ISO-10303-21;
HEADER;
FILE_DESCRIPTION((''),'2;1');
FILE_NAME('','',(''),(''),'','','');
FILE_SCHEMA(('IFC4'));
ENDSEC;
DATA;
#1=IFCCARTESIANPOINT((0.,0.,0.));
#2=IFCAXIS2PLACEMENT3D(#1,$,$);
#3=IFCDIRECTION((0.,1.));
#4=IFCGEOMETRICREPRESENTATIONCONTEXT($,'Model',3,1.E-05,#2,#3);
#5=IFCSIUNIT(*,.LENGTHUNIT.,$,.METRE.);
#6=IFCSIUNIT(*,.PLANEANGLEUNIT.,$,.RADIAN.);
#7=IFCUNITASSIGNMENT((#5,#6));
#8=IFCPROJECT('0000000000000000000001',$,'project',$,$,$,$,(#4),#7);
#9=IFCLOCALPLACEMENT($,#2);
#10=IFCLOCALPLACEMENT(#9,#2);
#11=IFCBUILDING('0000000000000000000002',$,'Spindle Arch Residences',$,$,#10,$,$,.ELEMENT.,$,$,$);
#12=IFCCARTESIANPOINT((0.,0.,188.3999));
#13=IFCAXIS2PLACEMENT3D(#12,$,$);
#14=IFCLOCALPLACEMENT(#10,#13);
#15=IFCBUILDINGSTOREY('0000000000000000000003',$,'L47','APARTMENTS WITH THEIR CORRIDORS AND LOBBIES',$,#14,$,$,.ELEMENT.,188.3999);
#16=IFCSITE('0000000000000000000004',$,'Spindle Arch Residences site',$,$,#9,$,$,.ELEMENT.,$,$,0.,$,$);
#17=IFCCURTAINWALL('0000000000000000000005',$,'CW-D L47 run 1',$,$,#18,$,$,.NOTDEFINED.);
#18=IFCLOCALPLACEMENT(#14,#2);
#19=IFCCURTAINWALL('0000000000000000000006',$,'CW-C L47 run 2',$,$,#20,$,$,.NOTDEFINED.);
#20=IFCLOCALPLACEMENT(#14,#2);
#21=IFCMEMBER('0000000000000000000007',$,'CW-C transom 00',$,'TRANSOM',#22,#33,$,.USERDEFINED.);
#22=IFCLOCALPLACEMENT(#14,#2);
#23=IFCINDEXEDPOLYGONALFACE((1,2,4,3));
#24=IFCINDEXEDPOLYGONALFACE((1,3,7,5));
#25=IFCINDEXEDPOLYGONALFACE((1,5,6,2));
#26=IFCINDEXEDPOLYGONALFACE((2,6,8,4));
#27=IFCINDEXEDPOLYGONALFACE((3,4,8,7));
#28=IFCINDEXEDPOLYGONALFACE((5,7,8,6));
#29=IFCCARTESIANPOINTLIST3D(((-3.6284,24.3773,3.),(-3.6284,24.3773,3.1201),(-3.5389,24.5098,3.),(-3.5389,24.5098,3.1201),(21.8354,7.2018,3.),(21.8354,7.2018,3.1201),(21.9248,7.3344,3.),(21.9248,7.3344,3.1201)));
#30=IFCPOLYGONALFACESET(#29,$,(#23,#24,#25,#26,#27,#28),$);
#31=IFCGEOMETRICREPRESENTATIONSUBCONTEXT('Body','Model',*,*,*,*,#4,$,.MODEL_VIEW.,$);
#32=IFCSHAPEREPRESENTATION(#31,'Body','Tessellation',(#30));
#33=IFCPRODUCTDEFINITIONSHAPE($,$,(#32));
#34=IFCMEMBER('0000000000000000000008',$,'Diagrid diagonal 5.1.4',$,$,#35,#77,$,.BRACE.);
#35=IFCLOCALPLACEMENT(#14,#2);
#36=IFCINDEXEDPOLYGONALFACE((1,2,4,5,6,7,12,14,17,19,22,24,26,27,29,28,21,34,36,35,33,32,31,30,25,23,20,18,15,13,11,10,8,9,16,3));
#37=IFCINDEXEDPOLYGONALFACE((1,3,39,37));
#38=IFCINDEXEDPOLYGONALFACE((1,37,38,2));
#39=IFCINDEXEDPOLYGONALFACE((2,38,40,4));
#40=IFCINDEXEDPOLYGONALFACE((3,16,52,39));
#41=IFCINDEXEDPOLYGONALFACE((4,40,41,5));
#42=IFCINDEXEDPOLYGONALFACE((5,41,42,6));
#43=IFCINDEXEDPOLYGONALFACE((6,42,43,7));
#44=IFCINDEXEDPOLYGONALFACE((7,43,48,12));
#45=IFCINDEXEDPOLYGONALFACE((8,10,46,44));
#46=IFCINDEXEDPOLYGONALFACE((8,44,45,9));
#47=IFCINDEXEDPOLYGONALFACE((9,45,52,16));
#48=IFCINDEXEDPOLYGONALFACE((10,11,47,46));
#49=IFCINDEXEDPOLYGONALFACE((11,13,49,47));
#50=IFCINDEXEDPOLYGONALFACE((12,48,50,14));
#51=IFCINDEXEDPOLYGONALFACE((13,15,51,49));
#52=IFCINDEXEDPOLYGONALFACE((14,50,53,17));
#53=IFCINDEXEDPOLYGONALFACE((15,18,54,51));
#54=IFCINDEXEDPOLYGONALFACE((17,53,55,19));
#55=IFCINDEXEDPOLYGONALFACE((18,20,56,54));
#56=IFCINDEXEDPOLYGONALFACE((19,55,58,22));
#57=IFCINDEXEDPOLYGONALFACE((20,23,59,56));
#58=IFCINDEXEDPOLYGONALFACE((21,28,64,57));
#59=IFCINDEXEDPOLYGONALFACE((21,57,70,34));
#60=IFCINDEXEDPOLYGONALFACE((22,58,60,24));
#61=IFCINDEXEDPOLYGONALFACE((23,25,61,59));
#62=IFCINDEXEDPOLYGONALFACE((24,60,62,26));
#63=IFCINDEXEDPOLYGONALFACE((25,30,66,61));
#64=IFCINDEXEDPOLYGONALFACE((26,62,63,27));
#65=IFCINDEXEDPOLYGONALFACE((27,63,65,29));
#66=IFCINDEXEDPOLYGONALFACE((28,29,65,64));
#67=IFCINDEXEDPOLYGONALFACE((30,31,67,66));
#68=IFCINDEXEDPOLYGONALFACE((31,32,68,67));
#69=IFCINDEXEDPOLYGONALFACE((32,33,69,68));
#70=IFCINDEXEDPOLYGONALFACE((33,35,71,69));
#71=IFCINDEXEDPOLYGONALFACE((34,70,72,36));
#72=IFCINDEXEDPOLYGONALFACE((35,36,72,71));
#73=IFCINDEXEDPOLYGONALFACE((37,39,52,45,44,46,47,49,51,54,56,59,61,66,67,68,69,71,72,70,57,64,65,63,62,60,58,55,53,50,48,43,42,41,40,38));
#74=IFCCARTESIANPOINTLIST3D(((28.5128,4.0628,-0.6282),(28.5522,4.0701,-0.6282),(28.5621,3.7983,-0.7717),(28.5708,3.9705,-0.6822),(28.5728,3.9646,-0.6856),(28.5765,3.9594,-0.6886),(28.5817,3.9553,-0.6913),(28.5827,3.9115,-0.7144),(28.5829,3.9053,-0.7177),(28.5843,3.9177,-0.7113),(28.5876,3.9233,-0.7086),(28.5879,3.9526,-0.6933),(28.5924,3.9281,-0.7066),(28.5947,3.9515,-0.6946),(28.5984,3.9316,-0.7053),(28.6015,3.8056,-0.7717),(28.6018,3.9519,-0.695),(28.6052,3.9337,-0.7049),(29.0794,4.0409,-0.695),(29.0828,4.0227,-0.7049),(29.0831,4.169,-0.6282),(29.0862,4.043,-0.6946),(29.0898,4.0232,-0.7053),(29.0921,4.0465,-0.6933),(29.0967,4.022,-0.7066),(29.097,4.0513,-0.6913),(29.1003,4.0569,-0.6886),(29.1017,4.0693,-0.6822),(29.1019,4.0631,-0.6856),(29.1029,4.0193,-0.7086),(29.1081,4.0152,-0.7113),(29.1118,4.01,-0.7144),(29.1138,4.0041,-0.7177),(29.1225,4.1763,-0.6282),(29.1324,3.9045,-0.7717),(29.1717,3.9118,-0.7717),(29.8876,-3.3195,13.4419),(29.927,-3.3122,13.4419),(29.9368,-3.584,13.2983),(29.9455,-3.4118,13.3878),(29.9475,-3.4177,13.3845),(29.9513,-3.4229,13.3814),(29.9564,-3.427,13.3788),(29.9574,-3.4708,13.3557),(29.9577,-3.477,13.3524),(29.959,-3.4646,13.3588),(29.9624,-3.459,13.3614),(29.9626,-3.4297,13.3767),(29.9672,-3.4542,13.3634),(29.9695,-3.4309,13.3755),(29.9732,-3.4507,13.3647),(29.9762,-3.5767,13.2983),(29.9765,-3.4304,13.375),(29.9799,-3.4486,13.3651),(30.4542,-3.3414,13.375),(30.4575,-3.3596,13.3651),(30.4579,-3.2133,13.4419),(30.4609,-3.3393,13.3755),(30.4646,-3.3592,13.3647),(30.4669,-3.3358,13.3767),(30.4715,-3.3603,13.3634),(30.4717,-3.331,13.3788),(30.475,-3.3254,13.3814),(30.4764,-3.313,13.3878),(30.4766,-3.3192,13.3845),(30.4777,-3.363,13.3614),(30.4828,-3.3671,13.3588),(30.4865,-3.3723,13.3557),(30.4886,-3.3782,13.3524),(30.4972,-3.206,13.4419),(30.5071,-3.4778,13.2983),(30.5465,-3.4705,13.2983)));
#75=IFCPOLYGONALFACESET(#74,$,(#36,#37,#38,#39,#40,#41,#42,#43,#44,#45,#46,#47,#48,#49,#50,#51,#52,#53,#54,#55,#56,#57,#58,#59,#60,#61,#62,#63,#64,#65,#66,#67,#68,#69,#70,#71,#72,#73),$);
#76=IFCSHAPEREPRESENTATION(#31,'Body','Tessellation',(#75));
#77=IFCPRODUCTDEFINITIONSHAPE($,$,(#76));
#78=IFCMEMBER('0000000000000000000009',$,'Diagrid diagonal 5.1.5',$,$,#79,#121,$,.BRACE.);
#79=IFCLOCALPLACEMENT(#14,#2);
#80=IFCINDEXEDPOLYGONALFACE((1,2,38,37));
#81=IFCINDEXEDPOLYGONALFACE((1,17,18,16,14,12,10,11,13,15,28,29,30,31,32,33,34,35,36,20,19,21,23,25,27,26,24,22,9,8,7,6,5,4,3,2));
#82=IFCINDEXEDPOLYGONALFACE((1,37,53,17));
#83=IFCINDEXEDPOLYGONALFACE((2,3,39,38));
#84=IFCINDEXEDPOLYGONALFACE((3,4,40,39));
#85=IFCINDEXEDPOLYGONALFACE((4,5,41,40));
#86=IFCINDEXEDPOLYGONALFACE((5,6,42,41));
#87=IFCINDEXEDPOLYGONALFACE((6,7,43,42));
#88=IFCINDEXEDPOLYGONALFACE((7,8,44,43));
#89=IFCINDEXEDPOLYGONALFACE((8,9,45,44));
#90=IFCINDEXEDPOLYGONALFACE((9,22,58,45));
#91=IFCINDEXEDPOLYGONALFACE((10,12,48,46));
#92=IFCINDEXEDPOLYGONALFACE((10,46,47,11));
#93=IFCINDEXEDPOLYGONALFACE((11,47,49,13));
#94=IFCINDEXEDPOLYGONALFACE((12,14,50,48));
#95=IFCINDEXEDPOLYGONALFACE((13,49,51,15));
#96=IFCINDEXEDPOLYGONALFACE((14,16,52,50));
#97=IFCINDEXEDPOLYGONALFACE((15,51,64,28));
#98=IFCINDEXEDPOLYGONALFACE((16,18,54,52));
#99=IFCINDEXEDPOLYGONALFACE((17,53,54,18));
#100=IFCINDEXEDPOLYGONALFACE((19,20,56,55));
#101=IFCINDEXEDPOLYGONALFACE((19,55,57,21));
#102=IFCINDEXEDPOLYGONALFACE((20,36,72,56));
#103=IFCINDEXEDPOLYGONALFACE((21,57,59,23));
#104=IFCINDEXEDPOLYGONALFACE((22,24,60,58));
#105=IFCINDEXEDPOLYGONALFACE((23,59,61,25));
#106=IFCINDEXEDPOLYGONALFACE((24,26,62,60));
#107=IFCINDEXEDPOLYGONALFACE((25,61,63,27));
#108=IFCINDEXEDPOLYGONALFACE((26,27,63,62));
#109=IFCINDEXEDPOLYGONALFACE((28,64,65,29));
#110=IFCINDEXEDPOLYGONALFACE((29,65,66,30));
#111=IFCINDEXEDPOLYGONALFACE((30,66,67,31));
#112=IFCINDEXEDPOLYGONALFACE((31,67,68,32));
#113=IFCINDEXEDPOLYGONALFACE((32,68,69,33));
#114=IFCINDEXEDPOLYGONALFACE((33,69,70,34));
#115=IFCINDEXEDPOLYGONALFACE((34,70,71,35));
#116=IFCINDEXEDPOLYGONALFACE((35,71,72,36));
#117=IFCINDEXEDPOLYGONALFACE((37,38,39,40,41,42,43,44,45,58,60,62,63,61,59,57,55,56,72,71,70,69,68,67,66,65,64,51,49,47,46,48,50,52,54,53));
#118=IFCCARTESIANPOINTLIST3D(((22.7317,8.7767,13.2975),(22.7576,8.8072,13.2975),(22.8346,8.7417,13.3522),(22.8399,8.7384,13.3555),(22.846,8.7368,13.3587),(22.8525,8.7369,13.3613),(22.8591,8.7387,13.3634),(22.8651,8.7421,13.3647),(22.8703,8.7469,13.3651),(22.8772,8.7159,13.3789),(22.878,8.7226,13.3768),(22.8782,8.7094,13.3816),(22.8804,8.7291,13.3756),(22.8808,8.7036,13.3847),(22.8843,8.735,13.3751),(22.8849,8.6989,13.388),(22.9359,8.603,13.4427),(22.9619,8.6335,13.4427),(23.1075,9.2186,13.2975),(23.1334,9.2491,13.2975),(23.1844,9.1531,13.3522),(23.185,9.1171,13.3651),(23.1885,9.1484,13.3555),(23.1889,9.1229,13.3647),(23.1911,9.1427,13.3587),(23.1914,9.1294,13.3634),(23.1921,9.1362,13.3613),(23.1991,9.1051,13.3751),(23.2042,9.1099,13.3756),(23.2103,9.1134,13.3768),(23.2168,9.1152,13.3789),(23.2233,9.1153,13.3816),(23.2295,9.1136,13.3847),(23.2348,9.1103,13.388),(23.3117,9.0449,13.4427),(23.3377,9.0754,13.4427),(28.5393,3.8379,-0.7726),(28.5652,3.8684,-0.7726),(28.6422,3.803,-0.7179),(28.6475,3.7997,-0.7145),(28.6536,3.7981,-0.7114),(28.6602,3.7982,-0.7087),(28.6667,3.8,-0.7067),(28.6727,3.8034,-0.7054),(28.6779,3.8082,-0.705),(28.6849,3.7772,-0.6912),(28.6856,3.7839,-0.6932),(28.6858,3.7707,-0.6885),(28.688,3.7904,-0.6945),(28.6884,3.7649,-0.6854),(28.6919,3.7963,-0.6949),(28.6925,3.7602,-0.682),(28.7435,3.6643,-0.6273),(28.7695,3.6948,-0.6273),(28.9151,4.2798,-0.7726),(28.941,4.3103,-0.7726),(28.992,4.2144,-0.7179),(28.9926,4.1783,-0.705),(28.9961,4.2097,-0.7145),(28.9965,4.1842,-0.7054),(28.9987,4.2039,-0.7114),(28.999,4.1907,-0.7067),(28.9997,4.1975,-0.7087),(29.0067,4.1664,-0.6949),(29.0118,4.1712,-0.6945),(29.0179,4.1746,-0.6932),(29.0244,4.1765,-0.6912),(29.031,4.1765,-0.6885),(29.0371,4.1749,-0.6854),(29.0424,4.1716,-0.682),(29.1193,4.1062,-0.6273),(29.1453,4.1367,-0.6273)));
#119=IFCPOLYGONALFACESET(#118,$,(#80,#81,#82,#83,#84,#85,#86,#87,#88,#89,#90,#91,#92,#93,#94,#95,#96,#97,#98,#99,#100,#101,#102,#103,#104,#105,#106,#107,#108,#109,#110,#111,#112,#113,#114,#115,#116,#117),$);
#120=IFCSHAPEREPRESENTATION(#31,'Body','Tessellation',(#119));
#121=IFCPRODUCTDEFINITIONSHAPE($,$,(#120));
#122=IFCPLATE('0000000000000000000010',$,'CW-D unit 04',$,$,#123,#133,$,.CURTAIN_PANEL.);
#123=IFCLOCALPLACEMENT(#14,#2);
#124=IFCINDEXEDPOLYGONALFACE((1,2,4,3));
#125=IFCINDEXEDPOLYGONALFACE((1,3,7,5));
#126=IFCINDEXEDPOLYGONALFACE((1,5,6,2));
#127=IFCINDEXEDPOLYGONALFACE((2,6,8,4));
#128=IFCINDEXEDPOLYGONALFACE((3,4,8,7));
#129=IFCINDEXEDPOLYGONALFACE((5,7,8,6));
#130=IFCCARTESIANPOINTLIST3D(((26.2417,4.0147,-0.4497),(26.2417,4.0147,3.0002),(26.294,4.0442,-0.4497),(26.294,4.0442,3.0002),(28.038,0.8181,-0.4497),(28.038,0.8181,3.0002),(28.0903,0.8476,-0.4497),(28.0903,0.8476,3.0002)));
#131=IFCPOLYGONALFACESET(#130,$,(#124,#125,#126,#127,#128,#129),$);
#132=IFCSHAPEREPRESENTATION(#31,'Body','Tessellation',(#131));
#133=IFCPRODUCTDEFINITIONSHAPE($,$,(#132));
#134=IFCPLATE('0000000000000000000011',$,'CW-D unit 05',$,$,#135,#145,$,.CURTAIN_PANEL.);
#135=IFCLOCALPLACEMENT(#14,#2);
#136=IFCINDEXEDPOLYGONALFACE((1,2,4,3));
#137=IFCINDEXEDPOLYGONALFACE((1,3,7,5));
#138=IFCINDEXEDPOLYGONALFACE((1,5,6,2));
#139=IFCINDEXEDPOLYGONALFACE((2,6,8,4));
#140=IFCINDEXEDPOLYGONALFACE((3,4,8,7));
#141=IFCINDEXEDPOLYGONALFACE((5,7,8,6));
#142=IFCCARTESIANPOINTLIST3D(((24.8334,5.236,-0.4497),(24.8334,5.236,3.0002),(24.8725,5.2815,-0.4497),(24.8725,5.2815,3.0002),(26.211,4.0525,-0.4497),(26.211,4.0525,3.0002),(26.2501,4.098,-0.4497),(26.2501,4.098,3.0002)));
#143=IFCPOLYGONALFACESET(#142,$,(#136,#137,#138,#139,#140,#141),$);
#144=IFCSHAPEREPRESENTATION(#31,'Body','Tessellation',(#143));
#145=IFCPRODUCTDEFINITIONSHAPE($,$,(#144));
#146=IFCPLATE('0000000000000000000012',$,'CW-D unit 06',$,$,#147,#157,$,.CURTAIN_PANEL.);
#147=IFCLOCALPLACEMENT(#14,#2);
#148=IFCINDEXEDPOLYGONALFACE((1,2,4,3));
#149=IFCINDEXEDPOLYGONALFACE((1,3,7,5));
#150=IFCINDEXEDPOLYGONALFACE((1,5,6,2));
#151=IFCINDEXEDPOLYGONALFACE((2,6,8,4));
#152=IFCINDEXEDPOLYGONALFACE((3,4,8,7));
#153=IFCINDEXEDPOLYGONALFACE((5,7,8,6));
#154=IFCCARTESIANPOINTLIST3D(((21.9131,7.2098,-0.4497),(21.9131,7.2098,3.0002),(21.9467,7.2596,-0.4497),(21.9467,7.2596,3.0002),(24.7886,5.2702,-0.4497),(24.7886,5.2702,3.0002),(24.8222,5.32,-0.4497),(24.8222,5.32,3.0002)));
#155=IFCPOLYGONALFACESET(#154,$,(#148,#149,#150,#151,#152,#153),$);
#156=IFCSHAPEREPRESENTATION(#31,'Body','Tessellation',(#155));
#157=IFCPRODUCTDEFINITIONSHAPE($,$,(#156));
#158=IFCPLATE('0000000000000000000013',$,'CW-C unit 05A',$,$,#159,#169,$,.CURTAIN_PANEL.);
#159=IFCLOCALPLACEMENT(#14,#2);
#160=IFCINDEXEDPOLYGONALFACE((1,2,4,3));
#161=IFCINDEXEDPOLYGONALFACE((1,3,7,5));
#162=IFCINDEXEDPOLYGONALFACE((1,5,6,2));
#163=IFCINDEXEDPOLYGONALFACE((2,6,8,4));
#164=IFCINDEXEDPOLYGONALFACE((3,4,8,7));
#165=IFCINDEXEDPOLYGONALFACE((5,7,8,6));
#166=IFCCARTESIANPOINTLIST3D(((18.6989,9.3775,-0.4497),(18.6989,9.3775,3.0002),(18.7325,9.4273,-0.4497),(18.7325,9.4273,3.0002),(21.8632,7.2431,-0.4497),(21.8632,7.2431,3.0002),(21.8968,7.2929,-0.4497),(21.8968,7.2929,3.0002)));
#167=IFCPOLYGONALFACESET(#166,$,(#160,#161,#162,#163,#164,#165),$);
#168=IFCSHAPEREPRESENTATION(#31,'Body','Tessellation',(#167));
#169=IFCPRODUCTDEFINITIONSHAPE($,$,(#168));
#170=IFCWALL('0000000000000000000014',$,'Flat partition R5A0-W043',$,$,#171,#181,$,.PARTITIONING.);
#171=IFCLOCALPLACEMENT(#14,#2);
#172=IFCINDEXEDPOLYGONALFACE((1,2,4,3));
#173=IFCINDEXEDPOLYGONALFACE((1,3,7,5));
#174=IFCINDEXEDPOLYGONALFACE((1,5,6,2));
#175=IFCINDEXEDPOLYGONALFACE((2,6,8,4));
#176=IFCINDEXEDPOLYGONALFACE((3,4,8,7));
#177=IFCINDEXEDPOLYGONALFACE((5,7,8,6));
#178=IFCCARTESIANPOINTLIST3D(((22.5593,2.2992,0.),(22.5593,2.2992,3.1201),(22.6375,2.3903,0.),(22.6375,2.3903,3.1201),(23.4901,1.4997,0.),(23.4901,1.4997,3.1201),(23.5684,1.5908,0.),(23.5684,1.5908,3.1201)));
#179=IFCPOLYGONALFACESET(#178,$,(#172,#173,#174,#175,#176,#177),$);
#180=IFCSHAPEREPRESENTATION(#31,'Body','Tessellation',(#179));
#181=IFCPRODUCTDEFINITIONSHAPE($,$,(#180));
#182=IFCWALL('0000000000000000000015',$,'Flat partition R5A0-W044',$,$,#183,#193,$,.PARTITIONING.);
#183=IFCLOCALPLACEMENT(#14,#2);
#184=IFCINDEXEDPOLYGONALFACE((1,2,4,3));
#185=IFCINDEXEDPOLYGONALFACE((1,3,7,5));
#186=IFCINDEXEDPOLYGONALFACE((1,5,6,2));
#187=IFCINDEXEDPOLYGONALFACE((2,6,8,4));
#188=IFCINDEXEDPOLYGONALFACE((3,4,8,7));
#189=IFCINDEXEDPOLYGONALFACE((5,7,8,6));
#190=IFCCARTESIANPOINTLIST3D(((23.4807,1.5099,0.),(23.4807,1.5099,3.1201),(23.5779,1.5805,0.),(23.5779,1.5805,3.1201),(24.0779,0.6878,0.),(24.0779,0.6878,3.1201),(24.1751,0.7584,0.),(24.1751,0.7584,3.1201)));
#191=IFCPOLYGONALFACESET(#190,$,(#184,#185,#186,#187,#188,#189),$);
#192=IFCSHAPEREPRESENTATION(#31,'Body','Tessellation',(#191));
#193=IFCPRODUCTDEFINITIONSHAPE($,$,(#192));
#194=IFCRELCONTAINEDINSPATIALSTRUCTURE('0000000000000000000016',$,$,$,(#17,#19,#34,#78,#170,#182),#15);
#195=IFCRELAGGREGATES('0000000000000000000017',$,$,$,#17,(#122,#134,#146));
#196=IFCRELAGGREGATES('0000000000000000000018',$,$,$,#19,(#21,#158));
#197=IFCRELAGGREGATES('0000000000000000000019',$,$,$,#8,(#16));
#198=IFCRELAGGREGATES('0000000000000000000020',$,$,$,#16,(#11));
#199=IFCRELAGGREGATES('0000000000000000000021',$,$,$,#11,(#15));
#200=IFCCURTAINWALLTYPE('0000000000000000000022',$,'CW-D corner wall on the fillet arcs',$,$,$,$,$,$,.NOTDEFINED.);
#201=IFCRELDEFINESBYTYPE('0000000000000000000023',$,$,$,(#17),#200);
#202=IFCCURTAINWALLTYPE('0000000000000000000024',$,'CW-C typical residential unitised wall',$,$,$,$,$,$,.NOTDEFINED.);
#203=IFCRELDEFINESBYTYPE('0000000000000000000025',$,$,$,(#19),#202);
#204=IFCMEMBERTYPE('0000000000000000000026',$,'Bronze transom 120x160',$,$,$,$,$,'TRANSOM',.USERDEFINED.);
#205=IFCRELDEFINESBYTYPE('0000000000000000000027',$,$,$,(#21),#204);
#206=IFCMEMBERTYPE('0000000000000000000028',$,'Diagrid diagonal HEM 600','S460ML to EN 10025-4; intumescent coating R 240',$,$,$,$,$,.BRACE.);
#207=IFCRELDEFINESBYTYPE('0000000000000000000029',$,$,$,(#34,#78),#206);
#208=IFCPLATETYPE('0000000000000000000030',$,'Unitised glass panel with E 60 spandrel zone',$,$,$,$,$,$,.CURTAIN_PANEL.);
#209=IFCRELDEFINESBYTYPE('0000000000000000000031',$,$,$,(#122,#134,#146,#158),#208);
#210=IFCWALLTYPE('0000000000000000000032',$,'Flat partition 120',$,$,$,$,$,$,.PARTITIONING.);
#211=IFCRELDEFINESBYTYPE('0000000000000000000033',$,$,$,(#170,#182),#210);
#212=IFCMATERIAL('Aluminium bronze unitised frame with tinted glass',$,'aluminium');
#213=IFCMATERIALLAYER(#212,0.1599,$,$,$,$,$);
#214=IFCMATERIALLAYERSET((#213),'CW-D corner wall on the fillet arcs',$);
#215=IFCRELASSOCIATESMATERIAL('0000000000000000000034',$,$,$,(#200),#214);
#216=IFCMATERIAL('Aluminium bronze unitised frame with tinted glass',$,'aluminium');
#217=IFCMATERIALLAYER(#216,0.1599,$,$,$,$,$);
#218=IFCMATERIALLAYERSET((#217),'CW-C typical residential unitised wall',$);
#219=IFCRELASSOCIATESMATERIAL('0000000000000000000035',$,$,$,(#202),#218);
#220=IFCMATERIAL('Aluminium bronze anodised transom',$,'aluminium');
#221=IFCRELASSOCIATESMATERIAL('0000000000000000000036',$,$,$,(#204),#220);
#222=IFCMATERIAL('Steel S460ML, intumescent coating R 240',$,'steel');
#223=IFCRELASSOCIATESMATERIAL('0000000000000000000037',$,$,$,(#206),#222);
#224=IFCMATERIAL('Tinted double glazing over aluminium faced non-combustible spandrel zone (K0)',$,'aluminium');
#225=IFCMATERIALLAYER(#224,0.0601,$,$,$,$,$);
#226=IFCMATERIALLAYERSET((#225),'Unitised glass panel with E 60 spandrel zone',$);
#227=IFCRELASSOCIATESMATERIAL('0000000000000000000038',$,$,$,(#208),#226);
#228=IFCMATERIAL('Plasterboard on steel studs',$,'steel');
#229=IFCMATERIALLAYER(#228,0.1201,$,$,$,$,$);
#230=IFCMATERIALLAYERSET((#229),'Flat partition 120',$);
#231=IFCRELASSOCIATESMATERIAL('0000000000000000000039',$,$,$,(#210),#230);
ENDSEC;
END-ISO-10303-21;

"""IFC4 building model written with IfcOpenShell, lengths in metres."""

from ifc_helpers import new_model, si_unit, direction, frame, frame_2d, origin, origin_2d, place, context, subcontext, project, spatial, rectangle, i_section, extrude, material, layer, layer_set, material_profile, profile_set, type_object, element, aggregate, save


model = new_model("IFC4")

# Units and contexts
model_context = context("Model", 3, precision=1e-05, world=origin(), true_north=direction((0.0, 1.0)))
body_context = subcontext(model_context, "Body", "Model", "MODEL_VIEW")
ifc_project = project(units=[si_unit("LENGTHUNIT", "METRE"), si_unit("PLANEANGLEUNIT", "RADIAN")], contexts=[model_context])

# Site, building, storey
site_placement = place(None, origin())
site = spatial("IfcSite", under=ifc_project, at=site_placement, Name="Spindle Arch Residences site", CompositionType="ELEMENT", RefElevation=0.0)
building_placement = place(site_placement, origin())
building = spatial("IfcBuilding", under=site, at=building_placement, Name="Spindle Arch Residences", CompositionType="ELEMENT")
storey_placement = place(building_placement, frame((0.0, 0.0, 188.3999)))
storey = spatial("IfcBuildingStorey", under=building, at=storey_placement, Name="L47", Description="APARTMENTS WITH THEIR CORRIDORS AND LOBBIES", CompositionType="ELEMENT", Elevation=188.3999)

# Curtain wall
ifc_material_1 = material(Name="Aluminium bronze unitised frame with tinted glass", Category="aluminium")
ifc_layer_1 = layer(ifc_material_1, 0.1599)
ifc_layer_set_1 = layer_set([ifc_layer_1], Name="CW-D corner wall on the fillet arcs")
curtain_wall_type_1 = type_object("IfcCurtainWallType", Name="CW-D corner wall on the fillet arcs", PredefinedType="NOTDEFINED", material=ifc_layer_set_1)
curtain_wall_1_placement = place(storey_placement, origin())
curtain_wall_1 = element("IfcCurtainWall", 1, at=curtain_wall_1_placement, inside=storey, type_object=curtain_wall_type_1, Name="CW-D L47 run 1", PredefinedType="NOTDEFINED")

# Curtain wall
ifc_material_2 = material(Name="Aluminium bronze unitised frame with tinted glass", Category="aluminium")
ifc_layer_2 = layer(ifc_material_2, 0.1599)
ifc_layer_set_2 = layer_set([ifc_layer_2], Name="CW-C typical residential unitised wall")
curtain_wall_type_2 = type_object("IfcCurtainWallType", Name="CW-C typical residential unitised wall", PredefinedType="NOTDEFINED", material=ifc_layer_set_2)
curtain_wall_2_placement = place(storey_placement, origin())
curtain_wall_2 = element("IfcCurtainWall", 2, at=curtain_wall_2_placement, inside=storey, type_object=curtain_wall_type_2, Name="CW-C L47 run 2", PredefinedType="NOTDEFINED")

# Member
ifc_material_3 = material(Name="Aluminium bronze anodised transom", Category="aluminium")
ifc_material_profile_1 = material_profile(ifc_material_3, rectangle(XDim=0.1599, YDim=0.1201, at=origin_2d()), Name="TR 120x160")
ifc_profile_set_1 = profile_set([ifc_material_profile_1], Name="Aluminium bronze anodised transom")
member_type_1 = type_object("IfcMemberType", Name="Bronze transom 120x160", ElementType="TRANSOM", PredefinedType="USERDEFINED", material=ifc_profile_set_1)
member_1_placement = place(storey_placement, frame((21.8801, 7.2681, 3.0601), z_axis=(-0.829038, 0.559192, 0.0), x_axis=(-0.559192, -0.829038, 0.0)))
member_1 = element("IfcMember", 3, at=member_1_placement, type_object=member_type_1, Name="CW-C transom 00", ObjectType="TRANSOM", PredefinedType="USERDEFINED", context=body_context, shape_type="SweptSolid", body=[
    extrude(rectangle(XDim=0.1599, YDim=0.1201, at=origin_2d()), origin(), (0.0, 0.0, 1.0), 30.7148),
])

# Members
ifc_material_4 = material(Name="Steel S460ML, intumescent coating R 240", Category="steel")
ifc_material_profile_2 = material_profile(ifc_material_4, i_section(OverallWidth=0.3049, OverallDepth=0.6201, WebThickness=0.021, FlangeThickness=0.04, FilletRadius=0.0271, at=origin_2d()), Name="HEM 600")
ifc_profile_set_2 = profile_set([ifc_material_profile_2], Name="Steel S460ML, intumescent coating R 240")
member_type_2 = type_object("IfcMemberType", Name="Diagrid diagonal HEM 600", Description="S460ML to EN 10025-4; intumescent coating R 240", PredefinedType="BRACE", material=ifc_profile_set_2)
member_2_placement = place(storey_placement, frame((28.8423, 3.9873, -0.7), z_axis=(0.0862, -0.462884, 0.882217), x_axis=(-0.161512, 0.867307, 0.470842)))
element("IfcMember", 4, at=member_2_placement, inside=storey, type_object=member_type_2, Name="Diagrid diagonal 5.1.4", PredefinedType="BRACE", context=body_context, shape_type="SweptSolid", body=[
    extrude(i_section(OverallWidth=0.3049, OverallDepth=0.6201, WebThickness=0.021, FlangeThickness=0.04, FilletRadius=0.0271, at=origin_2d()), origin(), (0.0, 0.0, 1.0), 15.9485),
])
member_3_placement = place(storey_placement, frame((28.8423, 3.9873, -0.7), z_axis=(-0.362915, 0.308618, 0.879231), x_axis=(0.669793, -0.569583, 0.476395)))
element("IfcMember", 5, at=member_3_placement, inside=storey, type_object=member_type_2, Name="Diagrid diagonal 5.1.5", PredefinedType="BRACE", context=body_context, shape_type="SweptSolid", body=[
    extrude(i_section(OverallWidth=0.3049, OverallDepth=0.6201, WebThickness=0.021, FlangeThickness=0.04, FilletRadius=0.0271, at=origin_2d()), origin(), (0.0, 0.0, 1.0), 16.0027),
])

# Plates
ifc_material_5 = material(Name="Tinted double glazing over aluminium faced non-combustible spandrel zone (K0)", Category="aluminium")
ifc_layer_3 = layer(ifc_material_5, 0.0601)
ifc_layer_set_3 = layer_set([ifc_layer_3], Name="Unitised glass panel with E 60 spandrel zone")
plate_type = type_object("IfcPlateType", Name="Unitised glass panel with E 60 spandrel zone", PredefinedType="CURTAIN_PANEL", material=ifc_layer_set_3)
plate_1_placement = place(storey_placement, frame((27.166, 2.4312, -0.4497), z_axis=(0.0, 0.0, 1.0), x_axis=(-0.48989, 0.871784, 0.0)))
plate_1 = element("IfcPlate", 6, at=plate_1_placement, type_object=plate_type, Name="CW-D unit 04", PredefinedType="CURTAIN_PANEL", context=body_context, shape_type="SweptSolid", body=[
    extrude(rectangle(XDim=3.6667, YDim=0.0601, at=origin_2d()), origin(), (0.0, 0.0, 1.0), 3.45),
])
plate_2_placement = place(storey_placement, frame((25.5417, 4.667, -0.4497), z_axis=(0.0, 0.0, 1.0), x_axis=(-0.758514, 0.651657, 0.0)))
plate_2 = element("IfcPlate", 7, at=plate_2_placement, type_object=plate_type, Name="CW-D unit 05", PredefinedType="CURTAIN_PANEL", context=body_context, shape_type="SweptSolid", body=[
    extrude(rectangle(XDim=1.8162, YDim=0.0601, at=origin_2d()), origin(), (0.0, 0.0, 1.0), 3.45),
])
plate_3_placement = place(storey_placement, frame((23.3677, 6.2649, -0.4497), z_axis=(0.0, 0.0, 1.0), x_axis=(-0.829038, 0.559193, 0.0)))
plate_3 = element("IfcPlate", 8, at=plate_3_placement, type_object=plate_type, Name="CW-D unit 06", PredefinedType="CURTAIN_PANEL", context=body_context, shape_type="SweptSolid", body=[
    extrude(rectangle(XDim=3.4685, YDim=0.0601, at=origin_2d()), origin(), (0.0, 0.0, 1.0), 3.45),
])
aggregate(curtain_wall_1, [plate_1, plate_2, plate_3])
plate_4_placement = place(storey_placement, frame((20.2979, 8.3352, -0.4497), z_axis=(0.0, 0.0, 1.0), x_axis=(-0.829038, 0.559193, 0.0)))
plate_4 = element("IfcPlate", 9, at=plate_4_placement, type_object=plate_type, Name="CW-C unit 05A", PredefinedType="CURTAIN_PANEL", context=body_context, shape_type="SweptSolid", body=[
    extrude(rectangle(XDim=3.8169, YDim=0.0601, at=origin_2d()), origin(), (0.0, 0.0, 1.0), 3.45),
])
aggregate(curtain_wall_2, [member_1, plate_4])

# Walls
ifc_material_6 = material(Name="Plasterboard on steel studs", Category="steel")
ifc_layer_4 = layer(ifc_material_6, 0.1201)
ifc_layer_set_4 = layer_set([ifc_layer_4], Name="Flat partition 120")
wall_type_1 = type_object("IfcWallType", Name="Flat partition 120", PredefinedType="PARTITIONING", material=ifc_layer_set_4)
wall_1_placement = place(storey_placement, frame((22.5984, 2.3447, 0.0), z_axis=(0.0, 0.0, 1.0), x_axis=(0.758596, -0.651561, 0.0)))
element("IfcWall", 10, at=wall_1_placement, inside=storey, type_object=wall_type_1, Name="Flat partition R5A0-W043", PredefinedType="PARTITIONING", context=body_context, shape_type="SweptSolid", body=[
    extrude(rectangle(XDim=1.2271, YDim=0.1201, at=frame_2d((0.6135, 0.0))), origin(), (0.0, 0.0, 1.0), 3.1201),
])
wall_2_placement = place(storey_placement, frame((23.5293, 1.5452, 0.0), z_axis=(0.0, 0.0, 1.0), x_axis=(0.587743, -0.809048, 0.0)))
element("IfcWall", 11, at=wall_2_placement, inside=storey, type_object=wall_type_1, Name="Flat partition R5A0-W044", PredefinedType="PARTITIONING", context=body_context, shape_type="SweptSolid", body=[
    extrude(rectangle(XDim=1.0161, YDim=0.1201, at=frame_2d((0.5081, 0.0))), origin(), (0.0, 0.0, 1.0), 3.1201),
])

save(model, "model.ifc")
